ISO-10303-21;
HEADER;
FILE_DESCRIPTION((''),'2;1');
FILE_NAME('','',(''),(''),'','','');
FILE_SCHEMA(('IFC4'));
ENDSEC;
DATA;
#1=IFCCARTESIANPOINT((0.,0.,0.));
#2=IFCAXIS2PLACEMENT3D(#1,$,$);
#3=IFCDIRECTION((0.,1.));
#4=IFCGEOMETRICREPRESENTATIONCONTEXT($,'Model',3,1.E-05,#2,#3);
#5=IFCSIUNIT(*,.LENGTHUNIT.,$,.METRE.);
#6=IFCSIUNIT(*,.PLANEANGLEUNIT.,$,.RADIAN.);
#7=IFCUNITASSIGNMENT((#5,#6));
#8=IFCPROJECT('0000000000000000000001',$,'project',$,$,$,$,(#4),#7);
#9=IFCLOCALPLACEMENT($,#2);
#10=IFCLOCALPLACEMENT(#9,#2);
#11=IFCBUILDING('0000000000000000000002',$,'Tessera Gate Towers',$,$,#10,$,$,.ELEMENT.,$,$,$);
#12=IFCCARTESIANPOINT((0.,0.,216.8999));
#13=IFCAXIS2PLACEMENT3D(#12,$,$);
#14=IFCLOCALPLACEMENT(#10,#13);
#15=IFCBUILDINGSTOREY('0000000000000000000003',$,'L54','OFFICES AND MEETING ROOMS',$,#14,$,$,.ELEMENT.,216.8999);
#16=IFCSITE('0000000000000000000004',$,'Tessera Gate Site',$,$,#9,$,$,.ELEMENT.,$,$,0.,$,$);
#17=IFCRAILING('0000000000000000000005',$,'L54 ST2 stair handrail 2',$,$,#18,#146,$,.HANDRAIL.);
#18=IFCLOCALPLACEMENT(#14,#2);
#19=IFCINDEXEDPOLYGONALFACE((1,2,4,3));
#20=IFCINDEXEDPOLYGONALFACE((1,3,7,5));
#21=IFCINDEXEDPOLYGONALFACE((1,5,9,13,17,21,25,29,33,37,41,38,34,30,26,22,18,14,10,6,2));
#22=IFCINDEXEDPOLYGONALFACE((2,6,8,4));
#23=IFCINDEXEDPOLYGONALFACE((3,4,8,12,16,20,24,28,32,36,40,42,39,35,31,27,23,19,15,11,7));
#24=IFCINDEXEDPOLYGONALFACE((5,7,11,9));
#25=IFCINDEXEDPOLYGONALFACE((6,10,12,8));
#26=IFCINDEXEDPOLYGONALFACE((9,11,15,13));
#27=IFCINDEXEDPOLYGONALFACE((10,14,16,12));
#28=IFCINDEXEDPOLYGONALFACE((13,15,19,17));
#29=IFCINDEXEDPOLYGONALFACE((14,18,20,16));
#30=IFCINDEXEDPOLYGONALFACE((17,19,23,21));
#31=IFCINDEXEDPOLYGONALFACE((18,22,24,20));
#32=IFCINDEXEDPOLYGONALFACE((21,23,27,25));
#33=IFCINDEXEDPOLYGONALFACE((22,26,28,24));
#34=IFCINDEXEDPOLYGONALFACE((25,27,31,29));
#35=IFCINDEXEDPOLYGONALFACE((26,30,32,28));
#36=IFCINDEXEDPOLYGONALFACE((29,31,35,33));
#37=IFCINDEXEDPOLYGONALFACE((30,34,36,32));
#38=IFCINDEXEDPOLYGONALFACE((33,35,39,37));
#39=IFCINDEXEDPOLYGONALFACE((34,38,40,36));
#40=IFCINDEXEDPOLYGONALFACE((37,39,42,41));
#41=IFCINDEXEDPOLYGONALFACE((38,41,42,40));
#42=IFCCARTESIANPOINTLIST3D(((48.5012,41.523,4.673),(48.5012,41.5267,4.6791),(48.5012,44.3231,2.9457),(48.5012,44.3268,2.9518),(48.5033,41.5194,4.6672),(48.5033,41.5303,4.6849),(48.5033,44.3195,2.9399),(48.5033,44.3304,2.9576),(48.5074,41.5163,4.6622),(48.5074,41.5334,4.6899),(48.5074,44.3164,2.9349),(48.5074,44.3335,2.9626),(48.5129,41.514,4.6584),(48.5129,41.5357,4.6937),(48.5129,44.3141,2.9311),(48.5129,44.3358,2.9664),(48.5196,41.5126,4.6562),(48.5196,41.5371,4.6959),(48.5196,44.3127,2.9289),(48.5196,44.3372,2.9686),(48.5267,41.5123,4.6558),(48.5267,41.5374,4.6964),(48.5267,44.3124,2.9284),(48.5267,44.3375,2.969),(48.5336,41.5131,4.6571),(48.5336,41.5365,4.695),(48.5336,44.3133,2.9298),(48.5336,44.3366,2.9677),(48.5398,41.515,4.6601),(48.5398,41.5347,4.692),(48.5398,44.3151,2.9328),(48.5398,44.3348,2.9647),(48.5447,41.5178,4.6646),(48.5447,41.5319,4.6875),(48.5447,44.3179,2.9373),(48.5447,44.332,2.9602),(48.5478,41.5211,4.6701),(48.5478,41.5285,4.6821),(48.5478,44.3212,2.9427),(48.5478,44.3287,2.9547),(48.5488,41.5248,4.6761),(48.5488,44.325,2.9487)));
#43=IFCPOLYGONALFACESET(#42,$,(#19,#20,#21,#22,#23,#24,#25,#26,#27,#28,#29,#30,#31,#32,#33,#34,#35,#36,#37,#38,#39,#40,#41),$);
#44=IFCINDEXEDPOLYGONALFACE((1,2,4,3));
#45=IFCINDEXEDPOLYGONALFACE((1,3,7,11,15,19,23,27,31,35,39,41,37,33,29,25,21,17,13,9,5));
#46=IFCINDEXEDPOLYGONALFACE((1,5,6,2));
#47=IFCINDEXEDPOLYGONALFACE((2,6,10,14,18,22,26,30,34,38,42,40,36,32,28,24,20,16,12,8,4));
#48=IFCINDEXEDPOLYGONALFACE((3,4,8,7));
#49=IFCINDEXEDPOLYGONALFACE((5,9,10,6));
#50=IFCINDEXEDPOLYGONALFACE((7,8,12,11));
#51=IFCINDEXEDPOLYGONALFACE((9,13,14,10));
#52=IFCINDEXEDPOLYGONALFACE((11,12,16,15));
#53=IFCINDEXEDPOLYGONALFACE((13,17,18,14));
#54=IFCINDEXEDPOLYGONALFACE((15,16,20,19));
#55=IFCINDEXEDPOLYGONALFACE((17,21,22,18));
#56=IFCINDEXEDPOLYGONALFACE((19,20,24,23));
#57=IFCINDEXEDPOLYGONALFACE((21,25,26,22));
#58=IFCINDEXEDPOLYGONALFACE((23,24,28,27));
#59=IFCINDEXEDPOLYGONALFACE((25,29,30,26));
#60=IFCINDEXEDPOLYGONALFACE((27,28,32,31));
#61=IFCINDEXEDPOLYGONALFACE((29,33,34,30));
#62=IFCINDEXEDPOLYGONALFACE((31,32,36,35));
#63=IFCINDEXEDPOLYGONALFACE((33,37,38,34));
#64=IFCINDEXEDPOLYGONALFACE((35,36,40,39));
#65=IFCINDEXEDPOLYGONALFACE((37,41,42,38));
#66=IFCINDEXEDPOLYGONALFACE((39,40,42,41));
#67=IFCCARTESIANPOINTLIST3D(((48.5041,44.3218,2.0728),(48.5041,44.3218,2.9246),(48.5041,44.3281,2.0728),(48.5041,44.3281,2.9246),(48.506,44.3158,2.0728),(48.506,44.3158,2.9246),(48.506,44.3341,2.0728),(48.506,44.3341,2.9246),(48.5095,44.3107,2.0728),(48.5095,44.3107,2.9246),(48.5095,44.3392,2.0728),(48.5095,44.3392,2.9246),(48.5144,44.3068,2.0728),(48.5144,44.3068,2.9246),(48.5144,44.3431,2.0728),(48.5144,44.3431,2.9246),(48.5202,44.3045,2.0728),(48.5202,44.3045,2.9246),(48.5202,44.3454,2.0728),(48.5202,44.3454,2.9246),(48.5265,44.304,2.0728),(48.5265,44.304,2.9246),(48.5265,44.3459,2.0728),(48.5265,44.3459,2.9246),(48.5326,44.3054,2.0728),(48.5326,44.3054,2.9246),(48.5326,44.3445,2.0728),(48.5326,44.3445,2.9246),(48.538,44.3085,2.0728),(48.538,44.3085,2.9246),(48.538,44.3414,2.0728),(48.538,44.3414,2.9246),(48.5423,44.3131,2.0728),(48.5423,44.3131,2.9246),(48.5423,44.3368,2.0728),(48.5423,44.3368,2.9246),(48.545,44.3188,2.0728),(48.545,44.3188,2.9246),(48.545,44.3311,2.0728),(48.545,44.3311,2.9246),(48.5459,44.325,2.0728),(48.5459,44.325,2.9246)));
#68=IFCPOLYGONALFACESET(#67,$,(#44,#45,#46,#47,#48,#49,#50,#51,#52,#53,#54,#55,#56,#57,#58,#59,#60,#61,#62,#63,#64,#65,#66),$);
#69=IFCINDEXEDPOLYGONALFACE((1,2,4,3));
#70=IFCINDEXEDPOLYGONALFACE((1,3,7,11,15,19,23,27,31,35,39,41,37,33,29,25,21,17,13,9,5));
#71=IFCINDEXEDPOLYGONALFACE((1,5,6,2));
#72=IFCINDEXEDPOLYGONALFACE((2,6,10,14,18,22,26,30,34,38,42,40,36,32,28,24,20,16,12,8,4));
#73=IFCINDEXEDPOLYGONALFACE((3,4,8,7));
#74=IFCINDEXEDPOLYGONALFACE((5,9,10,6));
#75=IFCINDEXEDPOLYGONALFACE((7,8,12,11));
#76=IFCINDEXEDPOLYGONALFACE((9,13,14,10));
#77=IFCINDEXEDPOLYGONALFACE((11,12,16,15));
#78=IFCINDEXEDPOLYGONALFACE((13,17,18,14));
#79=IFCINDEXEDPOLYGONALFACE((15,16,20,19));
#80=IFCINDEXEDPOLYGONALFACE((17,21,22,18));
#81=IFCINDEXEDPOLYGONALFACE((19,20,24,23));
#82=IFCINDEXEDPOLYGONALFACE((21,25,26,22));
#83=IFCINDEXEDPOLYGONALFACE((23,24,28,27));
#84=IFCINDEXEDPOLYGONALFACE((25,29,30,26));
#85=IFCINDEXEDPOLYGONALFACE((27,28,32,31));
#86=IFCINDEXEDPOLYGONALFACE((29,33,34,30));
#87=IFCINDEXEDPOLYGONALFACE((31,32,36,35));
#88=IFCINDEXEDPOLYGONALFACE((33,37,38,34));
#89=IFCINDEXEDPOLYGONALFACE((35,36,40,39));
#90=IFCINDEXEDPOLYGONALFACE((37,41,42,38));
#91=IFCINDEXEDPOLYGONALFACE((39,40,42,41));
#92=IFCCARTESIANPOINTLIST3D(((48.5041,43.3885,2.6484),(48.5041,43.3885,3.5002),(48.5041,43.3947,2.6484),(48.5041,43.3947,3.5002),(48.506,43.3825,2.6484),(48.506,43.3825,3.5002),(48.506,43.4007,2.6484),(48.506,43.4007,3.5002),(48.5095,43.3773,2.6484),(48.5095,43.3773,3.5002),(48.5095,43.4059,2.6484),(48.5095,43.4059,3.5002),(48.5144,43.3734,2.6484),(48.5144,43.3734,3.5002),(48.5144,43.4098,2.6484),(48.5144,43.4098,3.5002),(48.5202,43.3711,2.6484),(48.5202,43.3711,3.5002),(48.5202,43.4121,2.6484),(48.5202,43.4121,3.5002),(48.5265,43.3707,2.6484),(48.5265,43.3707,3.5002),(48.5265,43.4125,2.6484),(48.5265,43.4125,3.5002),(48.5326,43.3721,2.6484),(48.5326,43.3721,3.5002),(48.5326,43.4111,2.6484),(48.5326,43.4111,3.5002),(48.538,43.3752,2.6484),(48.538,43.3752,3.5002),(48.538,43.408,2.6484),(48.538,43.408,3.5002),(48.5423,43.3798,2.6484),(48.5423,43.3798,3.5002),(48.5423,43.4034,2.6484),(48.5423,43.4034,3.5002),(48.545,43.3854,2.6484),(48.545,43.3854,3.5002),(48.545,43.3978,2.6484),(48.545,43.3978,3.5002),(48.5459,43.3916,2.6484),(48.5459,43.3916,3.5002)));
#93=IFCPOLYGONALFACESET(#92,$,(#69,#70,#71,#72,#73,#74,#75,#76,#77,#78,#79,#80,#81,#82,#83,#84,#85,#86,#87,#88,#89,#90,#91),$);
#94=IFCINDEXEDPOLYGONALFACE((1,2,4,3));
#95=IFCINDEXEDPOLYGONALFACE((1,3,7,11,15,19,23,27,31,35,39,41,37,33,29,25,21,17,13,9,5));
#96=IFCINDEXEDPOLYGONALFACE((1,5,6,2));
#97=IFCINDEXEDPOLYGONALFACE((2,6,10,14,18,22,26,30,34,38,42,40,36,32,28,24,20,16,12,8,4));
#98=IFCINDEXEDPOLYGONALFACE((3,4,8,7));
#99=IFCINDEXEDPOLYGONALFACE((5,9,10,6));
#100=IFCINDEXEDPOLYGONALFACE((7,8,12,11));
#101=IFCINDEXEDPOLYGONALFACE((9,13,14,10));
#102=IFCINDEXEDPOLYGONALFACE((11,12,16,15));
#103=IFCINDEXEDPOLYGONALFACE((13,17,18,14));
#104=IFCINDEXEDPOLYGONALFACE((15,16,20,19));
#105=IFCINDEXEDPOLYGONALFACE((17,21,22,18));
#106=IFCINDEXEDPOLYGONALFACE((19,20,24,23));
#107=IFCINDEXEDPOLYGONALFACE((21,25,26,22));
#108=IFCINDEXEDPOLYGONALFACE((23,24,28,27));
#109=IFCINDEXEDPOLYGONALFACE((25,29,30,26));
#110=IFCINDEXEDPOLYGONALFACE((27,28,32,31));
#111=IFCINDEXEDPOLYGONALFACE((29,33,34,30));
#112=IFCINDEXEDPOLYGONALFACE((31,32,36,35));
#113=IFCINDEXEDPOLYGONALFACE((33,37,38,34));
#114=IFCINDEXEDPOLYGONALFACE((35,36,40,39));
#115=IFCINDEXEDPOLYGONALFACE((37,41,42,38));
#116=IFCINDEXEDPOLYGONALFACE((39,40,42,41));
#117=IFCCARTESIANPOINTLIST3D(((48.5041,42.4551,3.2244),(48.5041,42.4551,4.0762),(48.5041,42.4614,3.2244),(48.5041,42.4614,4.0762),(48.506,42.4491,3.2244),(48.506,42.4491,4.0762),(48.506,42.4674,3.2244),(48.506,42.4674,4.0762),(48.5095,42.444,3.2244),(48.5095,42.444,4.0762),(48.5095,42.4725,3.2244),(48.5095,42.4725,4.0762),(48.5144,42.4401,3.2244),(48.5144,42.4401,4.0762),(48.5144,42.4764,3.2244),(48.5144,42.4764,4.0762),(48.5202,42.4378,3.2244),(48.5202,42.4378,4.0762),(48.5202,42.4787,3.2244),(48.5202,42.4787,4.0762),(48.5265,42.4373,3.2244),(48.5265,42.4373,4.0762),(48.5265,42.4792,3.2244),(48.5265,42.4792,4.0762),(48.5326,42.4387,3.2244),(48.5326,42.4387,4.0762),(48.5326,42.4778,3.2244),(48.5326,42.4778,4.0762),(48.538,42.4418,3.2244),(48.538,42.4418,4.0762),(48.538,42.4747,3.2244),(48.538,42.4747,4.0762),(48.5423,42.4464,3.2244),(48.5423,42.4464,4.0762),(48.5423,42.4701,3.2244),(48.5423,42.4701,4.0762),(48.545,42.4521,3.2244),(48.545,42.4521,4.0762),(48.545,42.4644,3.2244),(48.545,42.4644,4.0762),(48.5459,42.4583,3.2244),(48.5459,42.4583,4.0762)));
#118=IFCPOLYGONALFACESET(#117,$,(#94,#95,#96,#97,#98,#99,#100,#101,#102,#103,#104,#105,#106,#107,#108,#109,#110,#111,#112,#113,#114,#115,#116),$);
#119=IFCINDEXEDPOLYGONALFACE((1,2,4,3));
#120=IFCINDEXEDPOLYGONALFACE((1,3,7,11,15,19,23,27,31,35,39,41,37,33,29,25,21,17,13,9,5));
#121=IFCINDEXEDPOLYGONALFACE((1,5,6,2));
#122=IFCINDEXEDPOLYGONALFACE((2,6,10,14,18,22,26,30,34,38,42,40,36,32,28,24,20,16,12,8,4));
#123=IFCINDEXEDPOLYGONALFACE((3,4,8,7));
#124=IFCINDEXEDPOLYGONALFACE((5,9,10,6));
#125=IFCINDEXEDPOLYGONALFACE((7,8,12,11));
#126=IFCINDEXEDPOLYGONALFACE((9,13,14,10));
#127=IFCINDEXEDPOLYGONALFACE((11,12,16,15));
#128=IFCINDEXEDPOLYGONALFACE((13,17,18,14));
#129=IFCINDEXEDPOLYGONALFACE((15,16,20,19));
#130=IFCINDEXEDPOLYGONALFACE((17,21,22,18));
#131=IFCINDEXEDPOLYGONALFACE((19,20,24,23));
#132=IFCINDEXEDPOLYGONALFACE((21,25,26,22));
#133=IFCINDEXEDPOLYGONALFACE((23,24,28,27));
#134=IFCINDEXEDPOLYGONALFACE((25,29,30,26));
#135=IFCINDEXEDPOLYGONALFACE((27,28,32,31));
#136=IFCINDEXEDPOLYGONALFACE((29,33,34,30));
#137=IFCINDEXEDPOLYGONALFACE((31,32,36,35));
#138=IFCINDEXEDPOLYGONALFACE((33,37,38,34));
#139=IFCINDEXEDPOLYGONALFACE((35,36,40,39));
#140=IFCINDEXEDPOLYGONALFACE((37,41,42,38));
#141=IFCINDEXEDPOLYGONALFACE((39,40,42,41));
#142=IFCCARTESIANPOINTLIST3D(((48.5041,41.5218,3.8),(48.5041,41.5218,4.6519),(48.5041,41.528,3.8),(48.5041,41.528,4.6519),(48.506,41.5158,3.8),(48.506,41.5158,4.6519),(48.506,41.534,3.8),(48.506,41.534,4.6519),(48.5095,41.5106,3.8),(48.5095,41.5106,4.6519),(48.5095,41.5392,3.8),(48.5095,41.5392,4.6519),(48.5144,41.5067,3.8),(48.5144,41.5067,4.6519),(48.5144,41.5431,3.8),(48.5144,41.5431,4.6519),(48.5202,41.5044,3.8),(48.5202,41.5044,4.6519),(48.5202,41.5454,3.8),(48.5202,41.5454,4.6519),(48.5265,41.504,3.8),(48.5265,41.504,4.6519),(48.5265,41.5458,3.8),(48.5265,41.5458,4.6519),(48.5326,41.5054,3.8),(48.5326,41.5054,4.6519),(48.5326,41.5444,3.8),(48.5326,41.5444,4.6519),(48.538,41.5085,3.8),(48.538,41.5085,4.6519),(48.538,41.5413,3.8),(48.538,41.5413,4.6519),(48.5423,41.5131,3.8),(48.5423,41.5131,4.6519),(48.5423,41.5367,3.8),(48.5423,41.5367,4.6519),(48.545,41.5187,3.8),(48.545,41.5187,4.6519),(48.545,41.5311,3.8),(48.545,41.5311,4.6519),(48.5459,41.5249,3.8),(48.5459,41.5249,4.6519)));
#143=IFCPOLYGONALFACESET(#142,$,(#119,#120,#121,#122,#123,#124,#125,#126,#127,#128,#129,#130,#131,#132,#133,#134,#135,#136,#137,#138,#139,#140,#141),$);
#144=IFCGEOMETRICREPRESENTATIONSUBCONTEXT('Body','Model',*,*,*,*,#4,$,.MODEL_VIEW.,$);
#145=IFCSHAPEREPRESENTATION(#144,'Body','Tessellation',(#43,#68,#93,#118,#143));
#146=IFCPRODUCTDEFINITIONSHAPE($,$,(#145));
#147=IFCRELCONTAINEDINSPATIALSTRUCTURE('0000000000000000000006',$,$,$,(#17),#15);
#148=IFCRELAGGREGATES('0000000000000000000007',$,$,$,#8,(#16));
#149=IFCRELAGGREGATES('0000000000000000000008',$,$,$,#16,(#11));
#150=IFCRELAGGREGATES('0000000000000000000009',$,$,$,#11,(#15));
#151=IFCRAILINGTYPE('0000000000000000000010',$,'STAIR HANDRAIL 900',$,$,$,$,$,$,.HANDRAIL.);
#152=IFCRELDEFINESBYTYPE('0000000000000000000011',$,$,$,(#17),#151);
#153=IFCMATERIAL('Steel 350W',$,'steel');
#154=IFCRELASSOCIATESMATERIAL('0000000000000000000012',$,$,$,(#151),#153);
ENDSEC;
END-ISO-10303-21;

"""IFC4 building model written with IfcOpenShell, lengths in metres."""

from ifc_helpers import new_model, si_unit, direction, frame, origin, origin_2d, place, context, subcontext, project, spatial, circle, extrude, material, type_object, element, save


model = new_model("IFC4")

# Units and contexts
model_context = context("Model", 3, precision=1e-05, world=origin(), true_north=direction((0.0, 1.0)))
body_context = subcontext(model_context, "Body", "Model", "MODEL_VIEW")
ifc_project = project(units=[si_unit("LENGTHUNIT", "METRE"), si_unit("PLANEANGLEUNIT", "RADIAN")], contexts=[model_context])

# Site, building, storey
site_placement = place(None, origin())
site = spatial("IfcSite", under=ifc_project, at=site_placement, Name="Tessera Gate Site", CompositionType="ELEMENT", RefElevation=0.0)
building_placement = place(site_placement, origin())
building = spatial("IfcBuilding", under=site, at=building_placement, Name="Tessera Gate Towers", CompositionType="ELEMENT")
storey_placement = place(building_placement, frame((0.0, 0.0, 216.8999)))
storey = spatial("IfcBuildingStorey", under=building, at=storey_placement, Name="L54", Description="OFFICES AND MEETING ROOMS", CompositionType="ELEMENT", Elevation=216.8999)

# Railing
ifc_material_1 = material(Name="Steel 350W", Category="steel")
railing_type_1 = type_object("IfcRailingType", Name="STAIR HANDRAIL 900", PredefinedType="HANDRAIL", material=ifc_material_1)
railing_1_placement = place(storey_placement, frame((48.5249, 44.325, 2.0728)))
element("IfcRailing", 1, at=railing_1_placement, inside=storey, type_object=railing_type_1, Name="L54 ST2 stair handrail 2", PredefinedType="HANDRAIL", context=body_context, shape_type="SweptSolid", body=[
    extrude(circle(Radius=0.0239, at=origin_2d()), frame((0.0, 0.0, 0.876), z_axis=(0.0, -0.85109, 0.52502), x_axis=(1.0, 0.0, 0.0)), (0.0, 0.0, 1.0), 3.29),
    extrude(circle(Radius=0.021, at=origin_2d()), origin(), (0.0, 0.0, 1.0), 0.8518),
    extrude(circle(Radius=0.021, at=origin_2d()), frame((0.0, -0.9333, 0.5757)), (0.0, 0.0, 1.0), 0.8518),
    extrude(circle(Radius=0.021, at=origin_2d()), frame((0.0, -1.8667, 1.1516)), (0.0, 0.0, 1.0), 0.8518),
    extrude(circle(Radius=0.021, at=origin_2d()), frame((0.0, -2.8, 1.7273)), (0.0, 0.0, 1.0), 0.8518),
])

save(model, "model.ifc")
